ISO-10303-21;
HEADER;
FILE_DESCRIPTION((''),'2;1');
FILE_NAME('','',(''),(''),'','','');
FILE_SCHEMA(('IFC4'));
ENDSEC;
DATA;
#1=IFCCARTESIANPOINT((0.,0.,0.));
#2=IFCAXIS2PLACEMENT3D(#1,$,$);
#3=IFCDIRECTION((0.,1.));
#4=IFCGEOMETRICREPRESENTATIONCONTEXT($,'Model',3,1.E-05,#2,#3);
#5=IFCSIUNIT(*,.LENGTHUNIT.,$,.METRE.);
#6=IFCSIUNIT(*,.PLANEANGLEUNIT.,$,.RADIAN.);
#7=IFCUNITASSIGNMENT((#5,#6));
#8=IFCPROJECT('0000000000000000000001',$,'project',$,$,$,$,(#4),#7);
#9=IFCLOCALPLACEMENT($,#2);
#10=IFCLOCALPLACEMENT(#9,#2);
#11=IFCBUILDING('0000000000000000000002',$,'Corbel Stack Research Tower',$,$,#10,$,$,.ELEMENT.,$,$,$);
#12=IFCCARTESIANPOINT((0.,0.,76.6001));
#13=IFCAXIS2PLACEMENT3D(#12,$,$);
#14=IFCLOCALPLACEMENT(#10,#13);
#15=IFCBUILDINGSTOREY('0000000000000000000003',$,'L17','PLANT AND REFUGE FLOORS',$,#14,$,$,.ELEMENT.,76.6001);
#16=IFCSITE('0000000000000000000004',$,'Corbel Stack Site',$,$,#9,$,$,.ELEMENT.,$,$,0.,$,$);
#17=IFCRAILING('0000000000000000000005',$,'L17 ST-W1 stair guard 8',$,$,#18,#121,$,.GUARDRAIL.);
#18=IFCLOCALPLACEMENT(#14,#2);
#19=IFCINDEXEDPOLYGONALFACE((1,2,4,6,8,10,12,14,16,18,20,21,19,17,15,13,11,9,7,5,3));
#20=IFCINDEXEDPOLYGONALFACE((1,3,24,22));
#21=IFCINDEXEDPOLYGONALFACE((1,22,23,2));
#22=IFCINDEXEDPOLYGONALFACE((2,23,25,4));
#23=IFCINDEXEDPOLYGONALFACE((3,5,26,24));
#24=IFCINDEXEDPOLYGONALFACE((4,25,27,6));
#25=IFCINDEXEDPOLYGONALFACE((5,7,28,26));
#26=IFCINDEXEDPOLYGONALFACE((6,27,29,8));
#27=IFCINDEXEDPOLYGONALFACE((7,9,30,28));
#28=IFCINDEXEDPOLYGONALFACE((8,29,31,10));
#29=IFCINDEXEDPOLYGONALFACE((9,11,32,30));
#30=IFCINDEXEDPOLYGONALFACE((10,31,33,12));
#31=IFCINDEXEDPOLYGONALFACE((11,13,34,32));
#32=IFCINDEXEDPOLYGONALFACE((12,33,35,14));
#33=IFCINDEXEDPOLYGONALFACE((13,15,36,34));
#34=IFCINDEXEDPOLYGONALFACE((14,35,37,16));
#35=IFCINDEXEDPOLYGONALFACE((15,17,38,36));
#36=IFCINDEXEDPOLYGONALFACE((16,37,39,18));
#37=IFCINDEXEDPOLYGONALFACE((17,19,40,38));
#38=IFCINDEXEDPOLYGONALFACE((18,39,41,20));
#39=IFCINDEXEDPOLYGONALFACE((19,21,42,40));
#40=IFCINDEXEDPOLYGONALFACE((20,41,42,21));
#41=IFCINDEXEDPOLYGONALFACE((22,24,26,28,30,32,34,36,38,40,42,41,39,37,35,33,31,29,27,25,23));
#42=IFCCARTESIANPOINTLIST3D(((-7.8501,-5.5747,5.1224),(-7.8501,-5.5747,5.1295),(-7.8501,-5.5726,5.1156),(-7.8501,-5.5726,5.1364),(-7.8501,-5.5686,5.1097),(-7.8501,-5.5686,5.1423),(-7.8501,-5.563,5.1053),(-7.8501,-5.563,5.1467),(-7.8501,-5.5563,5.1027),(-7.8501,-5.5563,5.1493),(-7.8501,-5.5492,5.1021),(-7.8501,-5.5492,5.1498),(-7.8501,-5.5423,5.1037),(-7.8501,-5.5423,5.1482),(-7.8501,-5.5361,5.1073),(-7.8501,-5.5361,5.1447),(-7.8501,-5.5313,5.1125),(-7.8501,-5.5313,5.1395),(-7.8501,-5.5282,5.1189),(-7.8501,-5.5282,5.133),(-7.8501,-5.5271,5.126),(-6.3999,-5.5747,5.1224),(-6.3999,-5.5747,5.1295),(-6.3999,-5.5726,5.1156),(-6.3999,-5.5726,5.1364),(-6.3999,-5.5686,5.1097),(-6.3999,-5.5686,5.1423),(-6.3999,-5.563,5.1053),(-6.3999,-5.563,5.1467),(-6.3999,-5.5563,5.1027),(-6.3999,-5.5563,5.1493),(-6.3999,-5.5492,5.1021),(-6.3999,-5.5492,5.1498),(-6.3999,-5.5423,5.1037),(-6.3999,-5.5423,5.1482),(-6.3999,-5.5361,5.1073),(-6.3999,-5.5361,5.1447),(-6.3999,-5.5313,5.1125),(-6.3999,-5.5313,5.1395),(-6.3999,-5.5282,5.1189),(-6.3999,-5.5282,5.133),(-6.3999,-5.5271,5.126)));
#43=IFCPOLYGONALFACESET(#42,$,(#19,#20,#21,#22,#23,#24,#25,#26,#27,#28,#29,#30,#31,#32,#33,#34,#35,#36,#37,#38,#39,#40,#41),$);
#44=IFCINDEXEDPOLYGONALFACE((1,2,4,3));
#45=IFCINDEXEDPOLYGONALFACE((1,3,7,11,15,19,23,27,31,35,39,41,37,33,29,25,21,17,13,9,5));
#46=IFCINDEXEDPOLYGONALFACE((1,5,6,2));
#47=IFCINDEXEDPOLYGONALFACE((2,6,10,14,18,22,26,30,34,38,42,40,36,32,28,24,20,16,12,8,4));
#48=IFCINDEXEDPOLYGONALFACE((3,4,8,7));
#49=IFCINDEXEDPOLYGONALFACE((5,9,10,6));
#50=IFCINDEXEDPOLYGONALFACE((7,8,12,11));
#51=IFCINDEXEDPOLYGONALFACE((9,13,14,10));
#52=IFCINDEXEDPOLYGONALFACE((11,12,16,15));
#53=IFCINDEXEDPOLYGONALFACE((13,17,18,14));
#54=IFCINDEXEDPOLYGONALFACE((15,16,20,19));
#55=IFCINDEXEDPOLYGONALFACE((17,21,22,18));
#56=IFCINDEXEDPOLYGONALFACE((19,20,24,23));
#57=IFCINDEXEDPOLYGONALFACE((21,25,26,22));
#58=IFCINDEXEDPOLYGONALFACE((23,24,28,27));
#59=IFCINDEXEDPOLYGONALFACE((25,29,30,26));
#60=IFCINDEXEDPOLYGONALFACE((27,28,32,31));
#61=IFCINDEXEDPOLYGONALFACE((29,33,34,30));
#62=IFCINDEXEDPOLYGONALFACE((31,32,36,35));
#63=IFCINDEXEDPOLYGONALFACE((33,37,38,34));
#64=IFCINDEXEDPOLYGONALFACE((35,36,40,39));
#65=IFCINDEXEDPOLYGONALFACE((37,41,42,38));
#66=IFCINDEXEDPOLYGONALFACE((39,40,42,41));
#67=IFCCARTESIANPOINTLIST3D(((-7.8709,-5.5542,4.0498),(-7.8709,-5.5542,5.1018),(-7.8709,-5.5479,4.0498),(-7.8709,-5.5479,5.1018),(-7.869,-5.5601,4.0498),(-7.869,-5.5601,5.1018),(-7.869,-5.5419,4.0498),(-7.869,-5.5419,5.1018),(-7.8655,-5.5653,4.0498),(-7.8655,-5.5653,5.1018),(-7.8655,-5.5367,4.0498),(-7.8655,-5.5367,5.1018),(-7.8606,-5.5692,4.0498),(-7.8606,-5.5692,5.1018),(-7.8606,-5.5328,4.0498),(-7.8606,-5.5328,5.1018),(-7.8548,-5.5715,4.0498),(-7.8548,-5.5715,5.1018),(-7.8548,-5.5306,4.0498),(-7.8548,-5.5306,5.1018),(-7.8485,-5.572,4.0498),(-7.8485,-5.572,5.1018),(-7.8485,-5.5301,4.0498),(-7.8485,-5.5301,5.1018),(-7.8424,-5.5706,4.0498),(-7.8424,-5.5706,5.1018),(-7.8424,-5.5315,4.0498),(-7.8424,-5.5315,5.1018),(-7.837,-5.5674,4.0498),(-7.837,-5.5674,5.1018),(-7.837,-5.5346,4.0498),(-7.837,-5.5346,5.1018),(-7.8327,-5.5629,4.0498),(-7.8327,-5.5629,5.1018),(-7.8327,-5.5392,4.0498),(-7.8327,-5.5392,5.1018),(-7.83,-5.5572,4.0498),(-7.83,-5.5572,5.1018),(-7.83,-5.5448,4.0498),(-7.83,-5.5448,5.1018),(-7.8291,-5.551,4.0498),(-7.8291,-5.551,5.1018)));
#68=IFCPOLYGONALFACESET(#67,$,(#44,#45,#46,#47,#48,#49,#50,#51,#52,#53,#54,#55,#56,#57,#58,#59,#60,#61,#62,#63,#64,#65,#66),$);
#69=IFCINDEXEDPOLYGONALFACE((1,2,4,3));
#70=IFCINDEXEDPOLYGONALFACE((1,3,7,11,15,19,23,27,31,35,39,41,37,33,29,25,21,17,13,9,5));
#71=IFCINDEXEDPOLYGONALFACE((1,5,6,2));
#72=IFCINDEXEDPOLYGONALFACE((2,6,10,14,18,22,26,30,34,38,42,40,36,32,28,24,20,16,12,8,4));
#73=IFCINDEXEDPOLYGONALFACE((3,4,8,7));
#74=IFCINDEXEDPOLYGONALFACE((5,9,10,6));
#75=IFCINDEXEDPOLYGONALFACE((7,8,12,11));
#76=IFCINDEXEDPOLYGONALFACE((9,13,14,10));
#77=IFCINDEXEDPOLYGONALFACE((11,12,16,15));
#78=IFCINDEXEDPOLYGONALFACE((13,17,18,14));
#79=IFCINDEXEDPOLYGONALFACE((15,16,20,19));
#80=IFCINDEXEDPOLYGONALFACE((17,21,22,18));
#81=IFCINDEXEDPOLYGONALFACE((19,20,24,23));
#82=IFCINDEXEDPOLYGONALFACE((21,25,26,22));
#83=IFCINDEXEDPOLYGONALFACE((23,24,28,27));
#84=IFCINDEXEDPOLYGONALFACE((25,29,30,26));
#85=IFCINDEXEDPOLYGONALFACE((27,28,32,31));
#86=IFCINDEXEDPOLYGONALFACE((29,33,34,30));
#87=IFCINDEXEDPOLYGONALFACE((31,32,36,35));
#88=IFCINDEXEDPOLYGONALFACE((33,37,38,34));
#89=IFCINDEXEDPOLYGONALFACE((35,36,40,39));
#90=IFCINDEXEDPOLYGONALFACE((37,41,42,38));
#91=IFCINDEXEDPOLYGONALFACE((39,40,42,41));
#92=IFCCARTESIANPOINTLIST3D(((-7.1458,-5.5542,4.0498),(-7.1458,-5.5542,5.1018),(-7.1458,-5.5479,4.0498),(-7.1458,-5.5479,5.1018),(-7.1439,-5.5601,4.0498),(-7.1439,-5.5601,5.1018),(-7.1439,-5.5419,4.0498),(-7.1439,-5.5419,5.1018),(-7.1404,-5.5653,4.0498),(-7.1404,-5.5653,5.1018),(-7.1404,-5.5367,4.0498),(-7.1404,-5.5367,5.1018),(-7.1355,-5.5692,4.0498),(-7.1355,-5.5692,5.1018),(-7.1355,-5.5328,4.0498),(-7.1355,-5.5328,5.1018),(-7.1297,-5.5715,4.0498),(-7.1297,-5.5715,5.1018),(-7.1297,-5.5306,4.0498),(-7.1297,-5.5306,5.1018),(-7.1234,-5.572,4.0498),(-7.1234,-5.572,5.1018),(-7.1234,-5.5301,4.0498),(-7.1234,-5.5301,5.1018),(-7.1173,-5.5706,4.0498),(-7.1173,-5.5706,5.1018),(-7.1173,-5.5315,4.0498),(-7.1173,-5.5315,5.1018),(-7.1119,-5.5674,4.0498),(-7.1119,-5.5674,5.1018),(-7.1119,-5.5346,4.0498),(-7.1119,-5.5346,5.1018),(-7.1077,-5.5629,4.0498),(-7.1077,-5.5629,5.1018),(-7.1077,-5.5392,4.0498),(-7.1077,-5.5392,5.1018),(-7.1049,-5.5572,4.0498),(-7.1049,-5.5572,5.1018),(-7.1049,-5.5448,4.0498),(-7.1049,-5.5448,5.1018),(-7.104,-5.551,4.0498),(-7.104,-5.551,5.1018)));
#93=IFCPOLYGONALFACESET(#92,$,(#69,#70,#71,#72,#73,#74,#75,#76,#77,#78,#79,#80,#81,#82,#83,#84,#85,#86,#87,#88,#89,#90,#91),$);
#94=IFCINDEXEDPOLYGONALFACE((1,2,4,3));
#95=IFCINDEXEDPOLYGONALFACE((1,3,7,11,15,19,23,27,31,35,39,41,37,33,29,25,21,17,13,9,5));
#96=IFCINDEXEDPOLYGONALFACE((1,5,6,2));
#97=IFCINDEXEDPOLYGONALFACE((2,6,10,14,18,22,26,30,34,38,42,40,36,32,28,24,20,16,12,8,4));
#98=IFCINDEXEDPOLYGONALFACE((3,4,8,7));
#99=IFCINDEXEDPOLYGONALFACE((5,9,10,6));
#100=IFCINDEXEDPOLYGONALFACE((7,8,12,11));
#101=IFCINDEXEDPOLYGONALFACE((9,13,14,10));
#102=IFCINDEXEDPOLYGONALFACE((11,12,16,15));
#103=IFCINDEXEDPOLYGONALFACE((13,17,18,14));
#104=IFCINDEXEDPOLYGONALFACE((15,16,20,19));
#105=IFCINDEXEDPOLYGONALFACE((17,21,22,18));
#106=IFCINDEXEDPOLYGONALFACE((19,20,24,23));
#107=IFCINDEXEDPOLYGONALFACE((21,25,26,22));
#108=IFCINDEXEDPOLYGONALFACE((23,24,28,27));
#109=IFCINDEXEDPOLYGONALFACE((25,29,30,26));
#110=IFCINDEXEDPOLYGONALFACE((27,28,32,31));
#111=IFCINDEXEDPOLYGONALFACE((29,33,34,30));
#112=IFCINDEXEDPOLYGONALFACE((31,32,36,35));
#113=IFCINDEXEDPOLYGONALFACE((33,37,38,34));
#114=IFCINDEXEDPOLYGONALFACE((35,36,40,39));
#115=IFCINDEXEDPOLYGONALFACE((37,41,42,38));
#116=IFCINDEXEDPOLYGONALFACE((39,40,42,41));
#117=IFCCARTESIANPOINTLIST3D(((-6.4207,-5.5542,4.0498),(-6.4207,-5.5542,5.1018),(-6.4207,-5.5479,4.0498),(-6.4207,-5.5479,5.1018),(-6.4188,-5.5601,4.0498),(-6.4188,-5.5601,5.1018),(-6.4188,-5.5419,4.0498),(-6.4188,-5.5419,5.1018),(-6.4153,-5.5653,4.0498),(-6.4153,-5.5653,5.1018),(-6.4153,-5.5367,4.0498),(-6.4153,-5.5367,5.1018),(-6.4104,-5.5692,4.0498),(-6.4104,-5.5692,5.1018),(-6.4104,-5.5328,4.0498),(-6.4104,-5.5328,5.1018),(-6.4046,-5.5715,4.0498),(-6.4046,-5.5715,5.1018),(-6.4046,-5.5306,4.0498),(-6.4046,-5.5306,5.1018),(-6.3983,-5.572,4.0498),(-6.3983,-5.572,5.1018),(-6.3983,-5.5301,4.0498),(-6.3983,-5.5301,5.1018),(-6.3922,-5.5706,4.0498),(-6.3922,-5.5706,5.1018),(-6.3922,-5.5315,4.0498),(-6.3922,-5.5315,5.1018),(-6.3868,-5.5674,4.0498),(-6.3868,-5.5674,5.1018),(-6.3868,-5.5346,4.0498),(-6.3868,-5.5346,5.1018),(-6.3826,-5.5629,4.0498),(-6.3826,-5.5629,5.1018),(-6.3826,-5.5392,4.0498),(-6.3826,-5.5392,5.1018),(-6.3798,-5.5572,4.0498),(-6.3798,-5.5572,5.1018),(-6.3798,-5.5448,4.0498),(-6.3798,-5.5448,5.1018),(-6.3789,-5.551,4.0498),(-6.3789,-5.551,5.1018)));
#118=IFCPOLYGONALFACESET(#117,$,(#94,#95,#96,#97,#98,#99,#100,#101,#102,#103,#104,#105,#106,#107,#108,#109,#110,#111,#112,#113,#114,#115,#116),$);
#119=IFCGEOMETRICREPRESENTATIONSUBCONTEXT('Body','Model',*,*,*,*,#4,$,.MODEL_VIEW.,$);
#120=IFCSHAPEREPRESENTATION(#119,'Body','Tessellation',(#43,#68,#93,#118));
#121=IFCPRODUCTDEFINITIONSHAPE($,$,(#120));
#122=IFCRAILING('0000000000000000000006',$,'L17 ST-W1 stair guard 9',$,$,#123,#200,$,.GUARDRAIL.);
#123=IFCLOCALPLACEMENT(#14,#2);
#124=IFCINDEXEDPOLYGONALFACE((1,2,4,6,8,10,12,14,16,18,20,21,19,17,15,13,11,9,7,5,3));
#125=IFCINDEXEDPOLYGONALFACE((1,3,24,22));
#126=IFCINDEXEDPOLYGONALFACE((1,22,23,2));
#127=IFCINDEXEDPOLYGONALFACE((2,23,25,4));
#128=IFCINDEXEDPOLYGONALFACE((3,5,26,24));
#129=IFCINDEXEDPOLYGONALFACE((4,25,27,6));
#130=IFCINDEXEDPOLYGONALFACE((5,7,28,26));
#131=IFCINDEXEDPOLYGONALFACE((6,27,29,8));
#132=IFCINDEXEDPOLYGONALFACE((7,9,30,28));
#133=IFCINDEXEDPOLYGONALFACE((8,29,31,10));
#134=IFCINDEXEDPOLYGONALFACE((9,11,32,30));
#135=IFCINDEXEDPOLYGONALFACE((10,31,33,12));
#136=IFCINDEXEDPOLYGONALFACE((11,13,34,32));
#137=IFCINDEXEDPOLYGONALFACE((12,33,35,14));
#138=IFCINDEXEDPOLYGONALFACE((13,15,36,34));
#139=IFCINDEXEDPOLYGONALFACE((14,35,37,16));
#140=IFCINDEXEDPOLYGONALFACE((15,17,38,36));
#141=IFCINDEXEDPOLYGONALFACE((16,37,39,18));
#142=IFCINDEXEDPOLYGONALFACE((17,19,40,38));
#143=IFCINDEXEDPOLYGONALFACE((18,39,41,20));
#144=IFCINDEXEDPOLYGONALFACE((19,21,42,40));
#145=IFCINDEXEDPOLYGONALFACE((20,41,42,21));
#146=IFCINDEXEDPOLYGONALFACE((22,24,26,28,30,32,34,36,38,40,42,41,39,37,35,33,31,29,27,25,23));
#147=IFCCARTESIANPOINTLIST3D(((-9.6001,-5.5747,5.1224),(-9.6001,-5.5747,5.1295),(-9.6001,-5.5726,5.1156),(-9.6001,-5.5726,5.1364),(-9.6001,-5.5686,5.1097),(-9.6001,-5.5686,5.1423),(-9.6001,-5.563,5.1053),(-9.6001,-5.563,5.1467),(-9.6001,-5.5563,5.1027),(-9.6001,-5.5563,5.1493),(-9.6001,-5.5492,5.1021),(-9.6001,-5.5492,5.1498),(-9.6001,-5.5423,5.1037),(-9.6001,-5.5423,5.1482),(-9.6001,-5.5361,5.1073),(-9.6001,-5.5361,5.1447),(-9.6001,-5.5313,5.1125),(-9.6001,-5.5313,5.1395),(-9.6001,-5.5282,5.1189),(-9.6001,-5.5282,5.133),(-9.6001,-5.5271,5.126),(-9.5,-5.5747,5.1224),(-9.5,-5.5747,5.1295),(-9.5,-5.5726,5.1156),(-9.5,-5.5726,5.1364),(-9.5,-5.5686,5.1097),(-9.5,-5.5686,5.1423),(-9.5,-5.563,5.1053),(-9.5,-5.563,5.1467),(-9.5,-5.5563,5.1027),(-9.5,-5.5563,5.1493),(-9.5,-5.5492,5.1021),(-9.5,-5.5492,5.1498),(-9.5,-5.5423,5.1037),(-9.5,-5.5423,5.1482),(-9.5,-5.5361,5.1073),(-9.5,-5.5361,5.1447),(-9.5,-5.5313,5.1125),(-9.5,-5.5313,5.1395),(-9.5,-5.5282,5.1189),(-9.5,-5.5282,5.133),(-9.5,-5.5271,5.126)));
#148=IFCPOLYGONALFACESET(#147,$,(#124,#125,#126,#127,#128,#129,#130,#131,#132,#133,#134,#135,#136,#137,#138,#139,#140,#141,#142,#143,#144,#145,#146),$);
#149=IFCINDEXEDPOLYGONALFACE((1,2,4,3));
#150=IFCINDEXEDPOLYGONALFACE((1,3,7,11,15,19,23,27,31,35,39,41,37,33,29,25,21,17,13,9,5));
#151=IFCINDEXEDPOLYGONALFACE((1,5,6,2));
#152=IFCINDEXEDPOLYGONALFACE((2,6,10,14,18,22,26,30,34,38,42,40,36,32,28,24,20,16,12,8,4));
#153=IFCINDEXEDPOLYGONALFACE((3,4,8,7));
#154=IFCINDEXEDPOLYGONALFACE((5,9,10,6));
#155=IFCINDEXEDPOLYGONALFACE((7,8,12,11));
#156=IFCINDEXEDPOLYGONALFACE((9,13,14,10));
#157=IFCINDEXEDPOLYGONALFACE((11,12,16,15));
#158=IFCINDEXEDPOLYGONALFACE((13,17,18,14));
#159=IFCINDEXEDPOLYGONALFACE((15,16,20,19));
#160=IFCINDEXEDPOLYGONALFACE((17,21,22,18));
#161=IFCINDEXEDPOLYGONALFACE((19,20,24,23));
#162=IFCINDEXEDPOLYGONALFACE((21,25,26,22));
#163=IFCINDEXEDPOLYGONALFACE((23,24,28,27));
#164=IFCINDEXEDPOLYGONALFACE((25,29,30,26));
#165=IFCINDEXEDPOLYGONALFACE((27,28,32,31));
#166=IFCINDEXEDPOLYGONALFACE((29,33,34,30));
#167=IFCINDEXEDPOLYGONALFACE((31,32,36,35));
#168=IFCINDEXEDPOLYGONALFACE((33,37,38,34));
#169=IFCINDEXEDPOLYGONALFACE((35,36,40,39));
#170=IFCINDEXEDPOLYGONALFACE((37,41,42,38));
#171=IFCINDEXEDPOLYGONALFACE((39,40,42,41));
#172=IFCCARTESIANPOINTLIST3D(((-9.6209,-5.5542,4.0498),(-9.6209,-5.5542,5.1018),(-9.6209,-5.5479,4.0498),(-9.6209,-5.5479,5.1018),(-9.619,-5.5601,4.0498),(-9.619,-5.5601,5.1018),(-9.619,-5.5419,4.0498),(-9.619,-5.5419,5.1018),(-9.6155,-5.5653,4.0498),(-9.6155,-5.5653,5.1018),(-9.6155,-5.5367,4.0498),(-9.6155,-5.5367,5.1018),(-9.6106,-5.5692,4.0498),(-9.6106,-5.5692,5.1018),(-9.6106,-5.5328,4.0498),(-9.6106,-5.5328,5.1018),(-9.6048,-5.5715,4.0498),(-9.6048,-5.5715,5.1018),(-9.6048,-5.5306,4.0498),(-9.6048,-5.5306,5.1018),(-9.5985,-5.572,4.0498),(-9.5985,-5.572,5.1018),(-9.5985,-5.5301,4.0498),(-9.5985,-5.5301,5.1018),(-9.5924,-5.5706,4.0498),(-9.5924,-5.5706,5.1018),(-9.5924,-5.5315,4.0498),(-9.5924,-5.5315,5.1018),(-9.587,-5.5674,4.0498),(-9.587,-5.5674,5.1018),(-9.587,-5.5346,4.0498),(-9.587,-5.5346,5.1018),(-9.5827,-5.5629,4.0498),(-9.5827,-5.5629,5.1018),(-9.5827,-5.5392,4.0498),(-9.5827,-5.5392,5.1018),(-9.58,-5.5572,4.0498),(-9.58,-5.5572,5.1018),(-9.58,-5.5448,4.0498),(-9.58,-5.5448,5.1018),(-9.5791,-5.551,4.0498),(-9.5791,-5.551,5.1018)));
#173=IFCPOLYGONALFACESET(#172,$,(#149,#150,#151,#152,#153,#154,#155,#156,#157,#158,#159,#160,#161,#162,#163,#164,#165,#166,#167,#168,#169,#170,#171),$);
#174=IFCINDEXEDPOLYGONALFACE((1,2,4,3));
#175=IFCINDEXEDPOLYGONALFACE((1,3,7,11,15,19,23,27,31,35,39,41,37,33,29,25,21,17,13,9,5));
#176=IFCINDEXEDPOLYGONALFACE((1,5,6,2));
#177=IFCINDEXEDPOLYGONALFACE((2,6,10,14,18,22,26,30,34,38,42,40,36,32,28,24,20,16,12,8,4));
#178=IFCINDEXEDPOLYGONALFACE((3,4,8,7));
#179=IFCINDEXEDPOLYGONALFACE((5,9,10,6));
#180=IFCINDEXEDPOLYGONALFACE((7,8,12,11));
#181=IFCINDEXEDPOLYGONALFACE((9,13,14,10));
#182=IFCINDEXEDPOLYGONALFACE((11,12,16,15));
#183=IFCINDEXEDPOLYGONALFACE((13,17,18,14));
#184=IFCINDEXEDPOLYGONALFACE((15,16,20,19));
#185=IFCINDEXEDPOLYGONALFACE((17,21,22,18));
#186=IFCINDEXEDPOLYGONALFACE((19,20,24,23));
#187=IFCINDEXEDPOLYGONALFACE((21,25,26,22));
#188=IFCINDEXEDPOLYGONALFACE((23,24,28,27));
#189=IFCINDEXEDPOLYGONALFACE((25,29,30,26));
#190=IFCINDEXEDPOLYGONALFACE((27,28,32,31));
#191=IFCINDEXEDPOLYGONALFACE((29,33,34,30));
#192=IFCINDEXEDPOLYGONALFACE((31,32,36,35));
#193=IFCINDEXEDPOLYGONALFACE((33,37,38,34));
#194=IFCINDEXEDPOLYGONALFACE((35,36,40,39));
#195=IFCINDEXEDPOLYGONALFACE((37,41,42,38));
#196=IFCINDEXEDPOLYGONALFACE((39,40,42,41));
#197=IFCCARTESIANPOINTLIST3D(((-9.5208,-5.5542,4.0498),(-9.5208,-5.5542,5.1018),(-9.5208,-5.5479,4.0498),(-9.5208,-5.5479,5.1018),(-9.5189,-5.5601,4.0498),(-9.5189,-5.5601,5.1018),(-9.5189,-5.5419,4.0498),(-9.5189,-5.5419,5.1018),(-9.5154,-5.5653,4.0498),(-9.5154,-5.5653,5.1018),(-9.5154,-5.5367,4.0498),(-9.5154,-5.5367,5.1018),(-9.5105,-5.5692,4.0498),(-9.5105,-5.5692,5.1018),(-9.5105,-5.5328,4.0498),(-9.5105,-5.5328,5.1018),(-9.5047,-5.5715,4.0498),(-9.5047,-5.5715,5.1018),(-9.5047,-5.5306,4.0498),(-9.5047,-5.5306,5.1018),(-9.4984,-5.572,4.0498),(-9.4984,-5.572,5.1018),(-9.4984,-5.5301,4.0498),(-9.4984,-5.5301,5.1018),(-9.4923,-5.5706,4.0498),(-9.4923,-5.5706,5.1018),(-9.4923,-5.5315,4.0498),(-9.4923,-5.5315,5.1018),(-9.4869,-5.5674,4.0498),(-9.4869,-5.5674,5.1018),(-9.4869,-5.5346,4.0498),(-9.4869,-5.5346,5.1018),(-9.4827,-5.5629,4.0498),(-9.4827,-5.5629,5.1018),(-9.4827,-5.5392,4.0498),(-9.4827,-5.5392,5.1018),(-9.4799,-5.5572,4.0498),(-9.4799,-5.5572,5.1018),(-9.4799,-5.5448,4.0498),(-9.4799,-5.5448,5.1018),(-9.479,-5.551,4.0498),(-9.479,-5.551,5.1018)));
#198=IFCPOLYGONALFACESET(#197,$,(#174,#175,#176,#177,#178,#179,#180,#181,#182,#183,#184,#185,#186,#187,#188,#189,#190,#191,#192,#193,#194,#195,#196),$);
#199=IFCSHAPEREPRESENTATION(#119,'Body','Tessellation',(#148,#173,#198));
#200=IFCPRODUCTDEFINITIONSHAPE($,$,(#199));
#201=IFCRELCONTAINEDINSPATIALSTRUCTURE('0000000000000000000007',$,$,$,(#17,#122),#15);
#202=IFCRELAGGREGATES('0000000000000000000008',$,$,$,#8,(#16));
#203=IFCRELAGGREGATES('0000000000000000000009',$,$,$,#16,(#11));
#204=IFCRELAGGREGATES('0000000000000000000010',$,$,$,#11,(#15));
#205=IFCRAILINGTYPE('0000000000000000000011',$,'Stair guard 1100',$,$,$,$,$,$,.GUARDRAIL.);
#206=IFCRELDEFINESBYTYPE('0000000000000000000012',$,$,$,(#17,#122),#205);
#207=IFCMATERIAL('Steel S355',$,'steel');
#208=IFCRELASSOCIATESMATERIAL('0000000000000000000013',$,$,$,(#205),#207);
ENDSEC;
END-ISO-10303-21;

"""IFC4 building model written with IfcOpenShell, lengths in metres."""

from ifc_helpers import new_model, si_unit, direction, frame, origin, origin_2d, place, context, subcontext, project, spatial, circle, extrude, material, type_object, element, save


model = new_model("IFC4")

# Units and contexts
model_context = context("Model", 3, precision=1e-05, world=origin(), true_north=direction((0.0, 1.0)))
body_context = subcontext(model_context, "Body", "Model", "MODEL_VIEW")
ifc_project = project(units=[si_unit("LENGTHUNIT", "METRE"), si_unit("PLANEANGLEUNIT", "RADIAN")], contexts=[model_context])

# Site, building, storey
site_placement = place(None, origin())
site = spatial("IfcSite", under=ifc_project, at=site_placement, Name="Corbel Stack Site", CompositionType="ELEMENT", RefElevation=0.0)
building_placement = place(site_placement, origin())
building = spatial("IfcBuilding", under=site, at=building_placement, Name="Corbel Stack Research Tower", CompositionType="ELEMENT")
storey_placement = place(building_placement, frame((0.0, 0.0, 76.6001)))
storey = spatial("IfcBuildingStorey", under=building, at=storey_placement, Name="L17", Description="PLANT AND REFUGE FLOORS", CompositionType="ELEMENT", Elevation=76.6001)

# Railings
ifc_material_1 = material(Name="Steel S355", Category="steel")
railing_type_1 = type_object("IfcRailingType", Name="Stair guard 1100", PredefinedType="GUARDRAIL", material=ifc_material_1)
railing_1_placement = place(storey_placement, frame((-7.8501, -5.551, 4.0498)))
element("IfcRailing", 1, at=railing_1_placement, inside=storey, type_object=railing_type_1, Name="L17 ST-W1 stair guard 8", PredefinedType="GUARDRAIL", context=body_context, shape_type="SweptSolid", body=[
    extrude(circle(Radius=0.0239, at=origin_2d()), frame((0.0, 0.0, 1.0762), z_axis=(1.0, 0.0, 0.0), x_axis=(0.0, 1.0, 0.0)), (0.0, 0.0, 1.0), 1.4502),
    extrude(circle(Radius=0.021, at=origin_2d()), origin(), (0.0, 0.0, 1.0), 1.052),
    extrude(circle(Radius=0.021, at=origin_2d()), frame((0.7251, 0.0, 0.0)), (0.0, 0.0, 1.0), 1.052),
    extrude(circle(Radius=0.021, at=origin_2d()), frame((1.4502, 0.0, 0.0)), (0.0, 0.0, 1.0), 1.052),
])
railing_2_placement = place(storey_placement, frame((-9.6001, -5.551, 4.0498)))
element("IfcRailing", 2, at=railing_2_placement, inside=storey, type_object=railing_type_1, Name="L17 ST-W1 stair guard 9", PredefinedType="GUARDRAIL", context=body_context, shape_type="SweptSolid", body=[
    extrude(circle(Radius=0.0239, at=origin_2d()), frame((0.0, 0.0, 1.0762), z_axis=(1.0, 0.0, 0.0), x_axis=(0.0, 1.0, 0.0)), (0.0, 0.0, 1.0), 0.1001),
    extrude(circle(Radius=0.021, at=origin_2d()), origin(), (0.0, 0.0, 1.0), 1.052),
    extrude(circle(Radius=0.021, at=origin_2d()), frame((0.1001, 0.0, 0.0)), (0.0, 0.0, 1.0), 1.052),
])

save(model, "model.ifc")
